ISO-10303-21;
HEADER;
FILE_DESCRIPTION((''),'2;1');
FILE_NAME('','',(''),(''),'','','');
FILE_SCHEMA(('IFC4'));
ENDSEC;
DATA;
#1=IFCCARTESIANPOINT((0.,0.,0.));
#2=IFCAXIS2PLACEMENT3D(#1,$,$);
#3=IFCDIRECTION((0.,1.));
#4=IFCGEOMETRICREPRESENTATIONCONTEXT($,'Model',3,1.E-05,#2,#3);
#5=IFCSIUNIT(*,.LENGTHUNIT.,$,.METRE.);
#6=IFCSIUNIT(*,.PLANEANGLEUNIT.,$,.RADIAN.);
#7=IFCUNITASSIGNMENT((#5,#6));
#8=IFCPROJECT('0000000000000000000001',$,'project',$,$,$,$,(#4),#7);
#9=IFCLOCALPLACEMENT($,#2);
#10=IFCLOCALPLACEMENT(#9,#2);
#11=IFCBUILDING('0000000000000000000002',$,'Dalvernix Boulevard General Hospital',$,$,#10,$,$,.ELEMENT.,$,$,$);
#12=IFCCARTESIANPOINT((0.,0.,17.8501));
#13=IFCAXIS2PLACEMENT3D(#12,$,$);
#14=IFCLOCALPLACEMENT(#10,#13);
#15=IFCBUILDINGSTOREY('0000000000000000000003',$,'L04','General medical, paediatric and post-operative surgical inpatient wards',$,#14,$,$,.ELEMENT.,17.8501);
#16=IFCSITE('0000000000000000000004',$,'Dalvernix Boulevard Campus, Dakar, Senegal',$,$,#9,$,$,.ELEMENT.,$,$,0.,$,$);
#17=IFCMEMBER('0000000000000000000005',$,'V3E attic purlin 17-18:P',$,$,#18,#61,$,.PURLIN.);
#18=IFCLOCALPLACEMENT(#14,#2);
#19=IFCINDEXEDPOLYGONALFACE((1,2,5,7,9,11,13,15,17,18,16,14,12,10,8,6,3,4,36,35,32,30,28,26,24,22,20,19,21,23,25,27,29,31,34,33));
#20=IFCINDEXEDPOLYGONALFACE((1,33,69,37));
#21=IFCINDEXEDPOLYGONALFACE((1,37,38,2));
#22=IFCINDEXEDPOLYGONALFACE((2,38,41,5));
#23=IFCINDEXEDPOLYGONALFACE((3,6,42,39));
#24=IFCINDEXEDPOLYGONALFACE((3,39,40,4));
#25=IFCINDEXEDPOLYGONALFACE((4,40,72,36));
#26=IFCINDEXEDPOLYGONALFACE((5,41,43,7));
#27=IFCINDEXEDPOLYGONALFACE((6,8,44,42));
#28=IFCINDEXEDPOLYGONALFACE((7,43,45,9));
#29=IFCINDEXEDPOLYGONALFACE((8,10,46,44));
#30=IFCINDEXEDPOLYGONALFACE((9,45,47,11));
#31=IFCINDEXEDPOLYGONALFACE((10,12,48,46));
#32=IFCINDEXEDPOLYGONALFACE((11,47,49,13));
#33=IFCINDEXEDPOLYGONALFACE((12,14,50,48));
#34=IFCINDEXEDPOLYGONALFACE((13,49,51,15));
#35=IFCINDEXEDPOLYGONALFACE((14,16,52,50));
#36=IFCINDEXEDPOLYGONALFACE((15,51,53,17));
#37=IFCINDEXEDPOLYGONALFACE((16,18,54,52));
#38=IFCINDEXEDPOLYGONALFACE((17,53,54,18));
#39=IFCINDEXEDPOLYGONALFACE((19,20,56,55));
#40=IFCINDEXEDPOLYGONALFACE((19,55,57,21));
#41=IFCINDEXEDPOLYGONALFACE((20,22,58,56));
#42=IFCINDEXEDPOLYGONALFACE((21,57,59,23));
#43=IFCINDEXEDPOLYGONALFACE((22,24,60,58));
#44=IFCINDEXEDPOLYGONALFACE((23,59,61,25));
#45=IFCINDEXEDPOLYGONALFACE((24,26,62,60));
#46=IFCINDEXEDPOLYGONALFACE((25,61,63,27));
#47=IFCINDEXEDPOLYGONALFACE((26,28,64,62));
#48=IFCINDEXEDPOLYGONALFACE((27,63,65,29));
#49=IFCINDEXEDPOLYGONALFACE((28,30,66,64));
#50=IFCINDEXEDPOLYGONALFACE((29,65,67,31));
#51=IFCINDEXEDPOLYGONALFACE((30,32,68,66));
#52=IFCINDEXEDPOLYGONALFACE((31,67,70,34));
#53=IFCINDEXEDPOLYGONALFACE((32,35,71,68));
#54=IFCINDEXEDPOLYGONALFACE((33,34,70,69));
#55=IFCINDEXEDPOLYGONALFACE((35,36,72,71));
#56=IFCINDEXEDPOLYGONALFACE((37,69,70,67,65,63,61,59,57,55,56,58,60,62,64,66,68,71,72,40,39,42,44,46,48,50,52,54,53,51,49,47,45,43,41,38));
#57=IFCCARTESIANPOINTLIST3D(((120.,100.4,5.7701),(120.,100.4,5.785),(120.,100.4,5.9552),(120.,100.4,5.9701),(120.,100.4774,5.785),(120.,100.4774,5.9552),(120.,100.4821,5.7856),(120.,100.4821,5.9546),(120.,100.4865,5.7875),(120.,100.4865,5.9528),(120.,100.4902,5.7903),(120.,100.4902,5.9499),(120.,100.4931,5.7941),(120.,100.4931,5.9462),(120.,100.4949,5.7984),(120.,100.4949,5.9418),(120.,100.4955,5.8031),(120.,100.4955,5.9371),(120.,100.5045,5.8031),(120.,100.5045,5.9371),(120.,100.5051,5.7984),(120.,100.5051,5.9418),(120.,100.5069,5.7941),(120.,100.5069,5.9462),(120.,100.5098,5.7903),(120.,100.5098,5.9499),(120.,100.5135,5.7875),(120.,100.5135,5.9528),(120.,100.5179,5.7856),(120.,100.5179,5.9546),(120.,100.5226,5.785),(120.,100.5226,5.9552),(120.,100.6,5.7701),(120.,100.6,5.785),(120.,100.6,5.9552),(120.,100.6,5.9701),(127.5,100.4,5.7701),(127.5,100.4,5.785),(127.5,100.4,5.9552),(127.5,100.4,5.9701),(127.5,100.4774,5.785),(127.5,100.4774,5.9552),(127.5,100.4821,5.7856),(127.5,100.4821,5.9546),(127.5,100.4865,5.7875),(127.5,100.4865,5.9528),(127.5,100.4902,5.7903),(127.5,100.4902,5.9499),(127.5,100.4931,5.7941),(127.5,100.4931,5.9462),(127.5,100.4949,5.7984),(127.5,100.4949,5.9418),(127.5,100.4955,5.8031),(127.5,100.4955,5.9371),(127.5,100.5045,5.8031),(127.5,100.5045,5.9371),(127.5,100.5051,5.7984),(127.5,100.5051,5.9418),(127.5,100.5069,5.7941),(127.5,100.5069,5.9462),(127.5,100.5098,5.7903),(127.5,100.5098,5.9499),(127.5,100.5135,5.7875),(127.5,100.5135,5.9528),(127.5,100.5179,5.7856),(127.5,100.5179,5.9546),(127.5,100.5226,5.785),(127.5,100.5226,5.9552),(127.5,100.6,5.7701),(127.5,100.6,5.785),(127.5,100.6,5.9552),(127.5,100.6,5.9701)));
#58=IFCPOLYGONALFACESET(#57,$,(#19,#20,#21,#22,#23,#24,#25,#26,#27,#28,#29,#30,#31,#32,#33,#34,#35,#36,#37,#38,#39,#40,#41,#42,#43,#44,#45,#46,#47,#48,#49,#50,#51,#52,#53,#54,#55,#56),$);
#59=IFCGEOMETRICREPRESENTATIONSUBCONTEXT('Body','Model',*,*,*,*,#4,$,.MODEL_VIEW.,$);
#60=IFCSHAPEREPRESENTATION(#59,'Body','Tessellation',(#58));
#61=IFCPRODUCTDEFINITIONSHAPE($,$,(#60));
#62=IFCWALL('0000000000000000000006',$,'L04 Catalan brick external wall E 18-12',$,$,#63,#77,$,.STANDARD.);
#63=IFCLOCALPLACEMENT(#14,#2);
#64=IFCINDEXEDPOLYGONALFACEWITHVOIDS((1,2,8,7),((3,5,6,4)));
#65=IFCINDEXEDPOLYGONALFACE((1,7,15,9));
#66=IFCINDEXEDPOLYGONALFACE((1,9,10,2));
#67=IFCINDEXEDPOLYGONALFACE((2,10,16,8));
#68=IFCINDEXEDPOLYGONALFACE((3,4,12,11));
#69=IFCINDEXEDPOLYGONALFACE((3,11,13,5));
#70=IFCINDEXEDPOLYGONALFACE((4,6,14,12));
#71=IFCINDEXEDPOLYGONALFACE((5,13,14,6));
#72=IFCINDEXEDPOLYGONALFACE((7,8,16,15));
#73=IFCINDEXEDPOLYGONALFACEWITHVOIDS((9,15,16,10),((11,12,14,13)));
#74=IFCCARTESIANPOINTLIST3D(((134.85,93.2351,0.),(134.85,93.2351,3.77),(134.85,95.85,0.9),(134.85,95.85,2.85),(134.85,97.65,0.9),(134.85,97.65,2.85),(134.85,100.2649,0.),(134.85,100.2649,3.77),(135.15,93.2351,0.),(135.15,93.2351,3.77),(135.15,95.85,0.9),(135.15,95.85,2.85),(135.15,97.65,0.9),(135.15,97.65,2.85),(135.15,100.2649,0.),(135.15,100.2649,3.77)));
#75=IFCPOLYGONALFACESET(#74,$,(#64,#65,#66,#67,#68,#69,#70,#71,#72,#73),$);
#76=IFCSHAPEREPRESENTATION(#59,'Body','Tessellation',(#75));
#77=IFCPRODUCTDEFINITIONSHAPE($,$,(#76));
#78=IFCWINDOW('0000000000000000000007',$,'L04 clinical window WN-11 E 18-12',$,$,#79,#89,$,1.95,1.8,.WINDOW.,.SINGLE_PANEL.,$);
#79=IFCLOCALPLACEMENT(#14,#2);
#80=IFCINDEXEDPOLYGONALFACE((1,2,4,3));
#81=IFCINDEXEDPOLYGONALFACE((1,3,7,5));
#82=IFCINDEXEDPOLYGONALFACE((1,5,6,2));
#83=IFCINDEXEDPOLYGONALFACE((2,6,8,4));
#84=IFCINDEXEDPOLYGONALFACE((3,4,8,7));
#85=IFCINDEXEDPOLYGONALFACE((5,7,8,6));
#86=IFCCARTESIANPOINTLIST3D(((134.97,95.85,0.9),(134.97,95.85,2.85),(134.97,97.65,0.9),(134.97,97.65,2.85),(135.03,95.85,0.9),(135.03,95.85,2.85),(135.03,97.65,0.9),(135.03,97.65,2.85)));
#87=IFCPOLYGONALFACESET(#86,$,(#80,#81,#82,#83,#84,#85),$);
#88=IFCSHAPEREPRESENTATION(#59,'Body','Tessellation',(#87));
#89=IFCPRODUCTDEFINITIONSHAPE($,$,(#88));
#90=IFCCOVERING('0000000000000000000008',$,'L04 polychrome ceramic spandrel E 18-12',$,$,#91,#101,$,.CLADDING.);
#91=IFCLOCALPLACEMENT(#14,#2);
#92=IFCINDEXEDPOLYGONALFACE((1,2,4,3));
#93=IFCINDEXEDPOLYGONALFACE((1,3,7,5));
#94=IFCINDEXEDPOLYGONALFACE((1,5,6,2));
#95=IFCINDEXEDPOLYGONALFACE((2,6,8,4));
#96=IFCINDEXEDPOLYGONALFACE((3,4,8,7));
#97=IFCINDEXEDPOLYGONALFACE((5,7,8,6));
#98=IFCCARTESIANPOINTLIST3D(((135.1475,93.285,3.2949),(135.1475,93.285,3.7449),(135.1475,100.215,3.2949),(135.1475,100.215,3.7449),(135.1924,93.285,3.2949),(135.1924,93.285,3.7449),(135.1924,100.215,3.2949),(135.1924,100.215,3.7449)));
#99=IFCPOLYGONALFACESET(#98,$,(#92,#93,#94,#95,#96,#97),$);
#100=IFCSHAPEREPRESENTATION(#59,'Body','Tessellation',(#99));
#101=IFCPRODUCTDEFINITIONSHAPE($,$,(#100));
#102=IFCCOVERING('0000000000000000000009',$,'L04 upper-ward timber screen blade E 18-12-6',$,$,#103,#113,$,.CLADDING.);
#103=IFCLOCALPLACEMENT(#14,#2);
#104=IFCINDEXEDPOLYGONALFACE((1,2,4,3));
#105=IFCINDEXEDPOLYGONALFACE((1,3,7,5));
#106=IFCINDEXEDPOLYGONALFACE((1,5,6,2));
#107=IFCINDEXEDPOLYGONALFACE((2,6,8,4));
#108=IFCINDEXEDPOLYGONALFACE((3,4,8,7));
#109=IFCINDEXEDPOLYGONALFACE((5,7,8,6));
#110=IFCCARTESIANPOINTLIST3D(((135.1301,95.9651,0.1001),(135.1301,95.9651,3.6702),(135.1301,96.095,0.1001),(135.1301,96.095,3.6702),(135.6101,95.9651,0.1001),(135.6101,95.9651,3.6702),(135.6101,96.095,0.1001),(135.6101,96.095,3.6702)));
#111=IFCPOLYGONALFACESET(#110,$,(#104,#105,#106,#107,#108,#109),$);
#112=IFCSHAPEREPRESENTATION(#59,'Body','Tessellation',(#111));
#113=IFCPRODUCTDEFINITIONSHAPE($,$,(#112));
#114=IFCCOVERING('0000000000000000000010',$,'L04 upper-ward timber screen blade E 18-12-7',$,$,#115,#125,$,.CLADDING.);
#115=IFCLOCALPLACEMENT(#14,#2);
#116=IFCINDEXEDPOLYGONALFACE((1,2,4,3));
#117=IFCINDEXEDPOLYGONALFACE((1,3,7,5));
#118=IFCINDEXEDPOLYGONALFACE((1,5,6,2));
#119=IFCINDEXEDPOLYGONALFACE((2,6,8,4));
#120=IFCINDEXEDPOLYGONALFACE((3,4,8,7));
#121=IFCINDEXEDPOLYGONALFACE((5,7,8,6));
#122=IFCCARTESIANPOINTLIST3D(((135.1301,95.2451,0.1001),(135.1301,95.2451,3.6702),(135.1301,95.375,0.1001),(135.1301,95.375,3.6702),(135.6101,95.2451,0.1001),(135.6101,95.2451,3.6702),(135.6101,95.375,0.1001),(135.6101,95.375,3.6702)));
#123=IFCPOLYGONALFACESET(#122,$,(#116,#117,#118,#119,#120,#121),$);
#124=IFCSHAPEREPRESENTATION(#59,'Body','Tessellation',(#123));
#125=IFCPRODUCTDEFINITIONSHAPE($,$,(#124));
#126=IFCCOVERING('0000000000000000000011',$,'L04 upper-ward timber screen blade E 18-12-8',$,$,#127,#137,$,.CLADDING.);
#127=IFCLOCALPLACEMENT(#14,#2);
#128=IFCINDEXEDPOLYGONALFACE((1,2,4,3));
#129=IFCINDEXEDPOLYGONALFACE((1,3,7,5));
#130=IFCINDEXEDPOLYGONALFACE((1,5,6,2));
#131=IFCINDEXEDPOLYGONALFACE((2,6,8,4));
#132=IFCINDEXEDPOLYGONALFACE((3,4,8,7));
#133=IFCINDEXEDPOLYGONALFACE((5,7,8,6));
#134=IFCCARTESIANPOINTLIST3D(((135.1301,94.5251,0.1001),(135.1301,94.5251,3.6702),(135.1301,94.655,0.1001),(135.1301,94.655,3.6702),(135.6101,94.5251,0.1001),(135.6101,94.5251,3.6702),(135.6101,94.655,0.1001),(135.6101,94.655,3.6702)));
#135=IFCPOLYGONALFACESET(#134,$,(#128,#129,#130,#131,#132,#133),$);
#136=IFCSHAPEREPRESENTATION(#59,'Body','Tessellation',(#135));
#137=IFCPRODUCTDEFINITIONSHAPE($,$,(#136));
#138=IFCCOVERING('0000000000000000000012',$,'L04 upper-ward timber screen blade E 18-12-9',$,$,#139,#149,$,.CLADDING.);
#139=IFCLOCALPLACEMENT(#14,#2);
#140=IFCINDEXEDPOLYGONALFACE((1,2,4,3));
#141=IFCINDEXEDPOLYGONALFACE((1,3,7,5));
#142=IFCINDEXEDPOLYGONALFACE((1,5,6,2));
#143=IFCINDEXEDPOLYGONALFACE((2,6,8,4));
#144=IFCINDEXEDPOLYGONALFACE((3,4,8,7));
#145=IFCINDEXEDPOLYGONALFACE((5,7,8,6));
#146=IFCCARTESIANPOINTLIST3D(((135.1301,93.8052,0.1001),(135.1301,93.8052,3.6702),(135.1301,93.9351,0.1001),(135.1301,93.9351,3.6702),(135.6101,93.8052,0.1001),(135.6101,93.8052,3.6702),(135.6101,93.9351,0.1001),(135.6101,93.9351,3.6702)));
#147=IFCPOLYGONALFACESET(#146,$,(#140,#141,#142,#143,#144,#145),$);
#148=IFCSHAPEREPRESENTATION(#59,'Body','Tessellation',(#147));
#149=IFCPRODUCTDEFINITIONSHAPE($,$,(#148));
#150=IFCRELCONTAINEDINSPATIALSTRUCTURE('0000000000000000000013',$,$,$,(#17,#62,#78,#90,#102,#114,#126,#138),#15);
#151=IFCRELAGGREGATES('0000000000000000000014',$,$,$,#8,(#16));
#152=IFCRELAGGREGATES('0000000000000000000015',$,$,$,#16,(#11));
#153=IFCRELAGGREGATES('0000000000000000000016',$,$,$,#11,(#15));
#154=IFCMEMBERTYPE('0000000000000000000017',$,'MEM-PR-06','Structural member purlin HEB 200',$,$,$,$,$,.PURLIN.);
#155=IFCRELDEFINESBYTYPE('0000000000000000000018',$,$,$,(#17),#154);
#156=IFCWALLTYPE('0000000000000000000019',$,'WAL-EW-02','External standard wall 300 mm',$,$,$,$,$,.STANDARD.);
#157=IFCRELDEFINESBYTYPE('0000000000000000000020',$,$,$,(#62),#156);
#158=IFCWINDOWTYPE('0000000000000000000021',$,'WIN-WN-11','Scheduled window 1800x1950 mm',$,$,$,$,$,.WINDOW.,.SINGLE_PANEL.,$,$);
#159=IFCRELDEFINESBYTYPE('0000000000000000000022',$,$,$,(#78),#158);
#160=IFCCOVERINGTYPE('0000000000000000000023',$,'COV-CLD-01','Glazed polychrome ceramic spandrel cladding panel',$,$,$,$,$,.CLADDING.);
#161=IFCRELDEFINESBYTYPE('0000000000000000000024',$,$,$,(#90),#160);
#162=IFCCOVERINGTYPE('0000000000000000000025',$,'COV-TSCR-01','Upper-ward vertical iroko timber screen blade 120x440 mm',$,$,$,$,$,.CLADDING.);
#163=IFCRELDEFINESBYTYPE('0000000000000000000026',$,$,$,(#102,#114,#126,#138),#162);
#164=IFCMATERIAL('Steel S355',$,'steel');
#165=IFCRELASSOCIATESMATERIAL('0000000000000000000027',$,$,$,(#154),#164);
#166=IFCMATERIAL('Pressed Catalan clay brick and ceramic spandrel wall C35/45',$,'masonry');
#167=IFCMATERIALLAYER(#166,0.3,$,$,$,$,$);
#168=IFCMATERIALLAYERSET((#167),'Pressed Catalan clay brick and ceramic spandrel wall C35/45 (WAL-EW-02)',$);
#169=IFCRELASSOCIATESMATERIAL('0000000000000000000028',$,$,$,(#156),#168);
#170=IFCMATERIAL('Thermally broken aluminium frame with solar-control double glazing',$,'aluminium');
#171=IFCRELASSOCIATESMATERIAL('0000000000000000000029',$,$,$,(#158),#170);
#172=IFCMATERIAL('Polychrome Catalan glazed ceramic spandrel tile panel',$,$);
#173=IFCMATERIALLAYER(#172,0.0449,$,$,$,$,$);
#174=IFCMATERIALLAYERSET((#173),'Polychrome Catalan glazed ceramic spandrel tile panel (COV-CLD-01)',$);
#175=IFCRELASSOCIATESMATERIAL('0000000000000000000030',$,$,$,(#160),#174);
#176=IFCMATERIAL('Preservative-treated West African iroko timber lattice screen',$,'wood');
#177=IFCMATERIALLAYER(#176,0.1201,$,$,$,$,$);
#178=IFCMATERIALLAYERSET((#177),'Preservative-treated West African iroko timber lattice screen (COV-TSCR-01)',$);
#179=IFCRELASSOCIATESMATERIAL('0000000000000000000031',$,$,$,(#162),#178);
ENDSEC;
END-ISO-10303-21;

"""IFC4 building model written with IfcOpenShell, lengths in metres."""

from ifc_helpers import new_model, si_unit, direction, frame, frame_2d, origin, origin_2d, place, context, subcontext, project, spatial, rectangle, i_section, extrude, material, layer, layer_set, material_profile, profile_set, type_object, element, fill, save


model = new_model("IFC4")

# Units and contexts
model_context = context("Model", 3, precision=1e-05, world=origin(), true_north=direction((0.0, 1.0)))
body_context = subcontext(model_context, "Body", "Model", "MODEL_VIEW")
ifc_project = project(units=[si_unit("LENGTHUNIT", "METRE"), si_unit("PLANEANGLEUNIT", "RADIAN")], contexts=[model_context])

# Site, building, storey
site_placement = place(None, origin())
site = spatial("IfcSite", under=ifc_project, at=site_placement, Name="Dalvernix Boulevard Campus, Dakar, Senegal", CompositionType="ELEMENT", RefElevation=0.0)
building_placement = place(site_placement, origin())
building = spatial("IfcBuilding", under=site, at=building_placement, Name="Dalvernix Boulevard General Hospital", CompositionType="ELEMENT")
storey_placement = place(building_placement, frame((0.0, 0.0, 17.8501)))
storey = spatial("IfcBuildingStorey", under=building, at=storey_placement, Name="L04", Description="General medical, paediatric and post-operative surgical inpatient wards", CompositionType="ELEMENT", Elevation=17.8501)

# Shared definitions
ifc_material_1 = material(Name="Steel S355", Category="steel")

# Member
ifc_material_profile_1 = material_profile(ifc_material_1, i_section(OverallWidth=0.2, OverallDepth=0.2, WebThickness=0.009, FlangeThickness=0.0149, FilletRadius=0.0181, at=origin_2d()), Name="HEB 200")
ifc_profile_set_1 = profile_set([ifc_material_profile_1], Name="Steel S355")
member_type = type_object("IfcMemberType", Name="MEM-PR-06", Description="Structural member purlin HEB 200", PredefinedType="PURLIN", material=ifc_profile_set_1)
member_placement = place(storey_placement, frame((120.0, 100.5, 5.8701), z_axis=(1.0, 0.0, 0.0), x_axis=(0.0, 1.0, 0.0)))
element("IfcMember", 1, at=member_placement, inside=storey, type_object=member_type, Name="V3E attic purlin 17-18:P", PredefinedType="PURLIN", context=body_context, shape_type="SweptSolid", body=[
    extrude(i_section(OverallWidth=0.2, OverallDepth=0.2, WebThickness=0.009, FlangeThickness=0.0149, FilletRadius=0.0181, at=origin_2d()), origin(), (0.0, 0.0, 1.0), 7.5),
])

# Wall, opening, window
ifc_material_2 = material(Name="Pressed Catalan clay brick and ceramic spandrel wall C35/45", Category="masonry")
ifc_layer_1 = layer(ifc_material_2, 0.3)
ifc_layer_set_1 = layer_set([ifc_layer_1], Name="Pressed Catalan clay brick and ceramic spandrel wall C35/45 (WAL-EW-02)")
wall_type = type_object("IfcWallType", Name="WAL-EW-02", Description="External standard wall 300 mm", PredefinedType="STANDARD", material=ifc_layer_set_1)
wall_placement = place(storey_placement, frame((135.0, 100.2649, 0.0), z_axis=(0.0, 0.0, 1.0), x_axis=(0.0, -1.0, 0.0)))
wall = element("IfcWall", 2, at=wall_placement, inside=storey, type_object=wall_type, Name="L04 Catalan brick external wall E 18-12", PredefinedType="STANDARD", context=body_context, shape_type="SweptSolid", body=[
    extrude(rectangle(XDim=7.0298, YDim=0.3, at=frame_2d((3.5149, 0.0))), origin(), (0.0, 0.0, 1.0), 3.77),
])
opening_placement = place(wall_placement, frame((2.615, 0.0, 0.8999)))
opening = element("IfcOpeningElement", 3, at=opening_placement, cuts=wall, PredefinedType="OPENING", context=body_context, shape_type="SweptSolid", body=[
    extrude(rectangle(XDim=1.8, YDim=1.95, at=frame_2d((0.8999, 0.9751))), frame((0.0, 0.1599, 0.0), z_axis=(0.0, -1.0, 0.0), x_axis=(1.0, 0.0, 0.0)), (0.0, 0.0, 1.0), 0.3201),
])
ifc_material_3 = material(Name="Thermally broken aluminium frame with solar-control double glazing", Category="aluminium")
window_type = type_object("IfcWindowType", Name="WIN-WN-11", Description="Scheduled window 1800x1950 mm", PartitioningType="SINGLE_PANEL", PredefinedType="WINDOW", material=ifc_material_3)
window_placement = place(opening_placement, origin())
window = element("IfcWindow", 4, at=window_placement, inside=storey, type_object=window_type, Name="L04 clinical window WN-11 E 18-12", OverallHeight=1.95, OverallWidth=1.8, PartitioningType="SINGLE_PANEL", PredefinedType="WINDOW", context=body_context, shape_type="SweptSolid", body=[
    extrude(rectangle(XDim=1.8, YDim=1.95, at=frame_2d((0.8999, 0.9751))), frame((0.0, 0.03, 0.0), z_axis=(0.0, -1.0, 0.0), x_axis=(1.0, 0.0, 0.0)), (0.0, 0.0, 1.0), 0.0601),
])
fill(opening, window)

# Coverings
ifc_material_4 = material(Name="Polychrome Catalan glazed ceramic spandrel tile panel")
ifc_layer_2 = layer(ifc_material_4, 0.0449)
ifc_layer_set_2 = layer_set([ifc_layer_2], Name="Polychrome Catalan glazed ceramic spandrel tile panel (COV-CLD-01)")
covering_type_1 = type_object("IfcCoveringType", Name="COV-CLD-01", Description="Glazed polychrome ceramic spandrel cladding panel", PredefinedType="CLADDING", material=ifc_layer_set_2)
covering_placement = place(storey_placement, frame((135.1699, 96.75, 3.2949), z_axis=(0.0, 0.0, 1.0), x_axis=(0.0, -1.0, 0.0)))
element("IfcCovering", 5, at=covering_placement, inside=storey, type_object=covering_type_1, Name="L04 polychrome ceramic spandrel E 18-12", PredefinedType="CLADDING", context=body_context, shape_type="SweptSolid", body=[
    extrude(rectangle(XDim=6.9299, YDim=0.0449, at=origin_2d()), origin(), (0.0, 0.0, 1.0), 0.45),
])
ifc_material_5 = material(Name="Preservative-treated West African iroko timber lattice screen", Category="wood")
ifc_layer_3 = layer(ifc_material_5, 0.1201)
ifc_layer_set_3 = layer_set([ifc_layer_3], Name="Preservative-treated West African iroko timber lattice screen (COV-TSCR-01)")
covering_type_2 = type_object("IfcCoveringType", Name="COV-TSCR-01", Description="Upper-ward vertical iroko timber screen blade 120x440 mm", PredefinedType="CLADDING", material=ifc_layer_set_3)
for number, where, z_axis, x_axis, name in (
    (6, (135.3701, 96.03, 0.1001), (0.0, 0.0, 1.0), (0.0, -1.0, 0.0), "L04 upper-ward timber screen blade E 18-12-6"),
    (7, (135.3701, 95.3101, 0.1001), (0.0, 0.0, 1.0), (0.0, -1.0, 0.0), "L04 upper-ward timber screen blade E 18-12-7"),
    (8, (135.3701, 94.5901, 0.1001), (0.0, 0.0, 1.0), (0.0, -1.0, 0.0), "L04 upper-ward timber screen blade E 18-12-8"),
    (9, (135.3701, 93.8701, 0.1001), (0.0, 0.0, 1.0), (0.0, -1.0, 0.0), "L04 upper-ward timber screen blade E 18-12-9"),
):
    element("IfcCovering", number, at=place(storey_placement, frame(where, z_axis=z_axis, x_axis=x_axis)), inside=storey, type_object=covering_type_2, Name=name, PredefinedType="CLADDING", context=body_context, shape_type="SweptSolid", body=[
        extrude(rectangle(XDim=0.1299, YDim=0.48, at=origin_2d()), origin(), (0.0, 0.0, 1.0), 3.5701),
    ])

save(model, "model.ifc")
